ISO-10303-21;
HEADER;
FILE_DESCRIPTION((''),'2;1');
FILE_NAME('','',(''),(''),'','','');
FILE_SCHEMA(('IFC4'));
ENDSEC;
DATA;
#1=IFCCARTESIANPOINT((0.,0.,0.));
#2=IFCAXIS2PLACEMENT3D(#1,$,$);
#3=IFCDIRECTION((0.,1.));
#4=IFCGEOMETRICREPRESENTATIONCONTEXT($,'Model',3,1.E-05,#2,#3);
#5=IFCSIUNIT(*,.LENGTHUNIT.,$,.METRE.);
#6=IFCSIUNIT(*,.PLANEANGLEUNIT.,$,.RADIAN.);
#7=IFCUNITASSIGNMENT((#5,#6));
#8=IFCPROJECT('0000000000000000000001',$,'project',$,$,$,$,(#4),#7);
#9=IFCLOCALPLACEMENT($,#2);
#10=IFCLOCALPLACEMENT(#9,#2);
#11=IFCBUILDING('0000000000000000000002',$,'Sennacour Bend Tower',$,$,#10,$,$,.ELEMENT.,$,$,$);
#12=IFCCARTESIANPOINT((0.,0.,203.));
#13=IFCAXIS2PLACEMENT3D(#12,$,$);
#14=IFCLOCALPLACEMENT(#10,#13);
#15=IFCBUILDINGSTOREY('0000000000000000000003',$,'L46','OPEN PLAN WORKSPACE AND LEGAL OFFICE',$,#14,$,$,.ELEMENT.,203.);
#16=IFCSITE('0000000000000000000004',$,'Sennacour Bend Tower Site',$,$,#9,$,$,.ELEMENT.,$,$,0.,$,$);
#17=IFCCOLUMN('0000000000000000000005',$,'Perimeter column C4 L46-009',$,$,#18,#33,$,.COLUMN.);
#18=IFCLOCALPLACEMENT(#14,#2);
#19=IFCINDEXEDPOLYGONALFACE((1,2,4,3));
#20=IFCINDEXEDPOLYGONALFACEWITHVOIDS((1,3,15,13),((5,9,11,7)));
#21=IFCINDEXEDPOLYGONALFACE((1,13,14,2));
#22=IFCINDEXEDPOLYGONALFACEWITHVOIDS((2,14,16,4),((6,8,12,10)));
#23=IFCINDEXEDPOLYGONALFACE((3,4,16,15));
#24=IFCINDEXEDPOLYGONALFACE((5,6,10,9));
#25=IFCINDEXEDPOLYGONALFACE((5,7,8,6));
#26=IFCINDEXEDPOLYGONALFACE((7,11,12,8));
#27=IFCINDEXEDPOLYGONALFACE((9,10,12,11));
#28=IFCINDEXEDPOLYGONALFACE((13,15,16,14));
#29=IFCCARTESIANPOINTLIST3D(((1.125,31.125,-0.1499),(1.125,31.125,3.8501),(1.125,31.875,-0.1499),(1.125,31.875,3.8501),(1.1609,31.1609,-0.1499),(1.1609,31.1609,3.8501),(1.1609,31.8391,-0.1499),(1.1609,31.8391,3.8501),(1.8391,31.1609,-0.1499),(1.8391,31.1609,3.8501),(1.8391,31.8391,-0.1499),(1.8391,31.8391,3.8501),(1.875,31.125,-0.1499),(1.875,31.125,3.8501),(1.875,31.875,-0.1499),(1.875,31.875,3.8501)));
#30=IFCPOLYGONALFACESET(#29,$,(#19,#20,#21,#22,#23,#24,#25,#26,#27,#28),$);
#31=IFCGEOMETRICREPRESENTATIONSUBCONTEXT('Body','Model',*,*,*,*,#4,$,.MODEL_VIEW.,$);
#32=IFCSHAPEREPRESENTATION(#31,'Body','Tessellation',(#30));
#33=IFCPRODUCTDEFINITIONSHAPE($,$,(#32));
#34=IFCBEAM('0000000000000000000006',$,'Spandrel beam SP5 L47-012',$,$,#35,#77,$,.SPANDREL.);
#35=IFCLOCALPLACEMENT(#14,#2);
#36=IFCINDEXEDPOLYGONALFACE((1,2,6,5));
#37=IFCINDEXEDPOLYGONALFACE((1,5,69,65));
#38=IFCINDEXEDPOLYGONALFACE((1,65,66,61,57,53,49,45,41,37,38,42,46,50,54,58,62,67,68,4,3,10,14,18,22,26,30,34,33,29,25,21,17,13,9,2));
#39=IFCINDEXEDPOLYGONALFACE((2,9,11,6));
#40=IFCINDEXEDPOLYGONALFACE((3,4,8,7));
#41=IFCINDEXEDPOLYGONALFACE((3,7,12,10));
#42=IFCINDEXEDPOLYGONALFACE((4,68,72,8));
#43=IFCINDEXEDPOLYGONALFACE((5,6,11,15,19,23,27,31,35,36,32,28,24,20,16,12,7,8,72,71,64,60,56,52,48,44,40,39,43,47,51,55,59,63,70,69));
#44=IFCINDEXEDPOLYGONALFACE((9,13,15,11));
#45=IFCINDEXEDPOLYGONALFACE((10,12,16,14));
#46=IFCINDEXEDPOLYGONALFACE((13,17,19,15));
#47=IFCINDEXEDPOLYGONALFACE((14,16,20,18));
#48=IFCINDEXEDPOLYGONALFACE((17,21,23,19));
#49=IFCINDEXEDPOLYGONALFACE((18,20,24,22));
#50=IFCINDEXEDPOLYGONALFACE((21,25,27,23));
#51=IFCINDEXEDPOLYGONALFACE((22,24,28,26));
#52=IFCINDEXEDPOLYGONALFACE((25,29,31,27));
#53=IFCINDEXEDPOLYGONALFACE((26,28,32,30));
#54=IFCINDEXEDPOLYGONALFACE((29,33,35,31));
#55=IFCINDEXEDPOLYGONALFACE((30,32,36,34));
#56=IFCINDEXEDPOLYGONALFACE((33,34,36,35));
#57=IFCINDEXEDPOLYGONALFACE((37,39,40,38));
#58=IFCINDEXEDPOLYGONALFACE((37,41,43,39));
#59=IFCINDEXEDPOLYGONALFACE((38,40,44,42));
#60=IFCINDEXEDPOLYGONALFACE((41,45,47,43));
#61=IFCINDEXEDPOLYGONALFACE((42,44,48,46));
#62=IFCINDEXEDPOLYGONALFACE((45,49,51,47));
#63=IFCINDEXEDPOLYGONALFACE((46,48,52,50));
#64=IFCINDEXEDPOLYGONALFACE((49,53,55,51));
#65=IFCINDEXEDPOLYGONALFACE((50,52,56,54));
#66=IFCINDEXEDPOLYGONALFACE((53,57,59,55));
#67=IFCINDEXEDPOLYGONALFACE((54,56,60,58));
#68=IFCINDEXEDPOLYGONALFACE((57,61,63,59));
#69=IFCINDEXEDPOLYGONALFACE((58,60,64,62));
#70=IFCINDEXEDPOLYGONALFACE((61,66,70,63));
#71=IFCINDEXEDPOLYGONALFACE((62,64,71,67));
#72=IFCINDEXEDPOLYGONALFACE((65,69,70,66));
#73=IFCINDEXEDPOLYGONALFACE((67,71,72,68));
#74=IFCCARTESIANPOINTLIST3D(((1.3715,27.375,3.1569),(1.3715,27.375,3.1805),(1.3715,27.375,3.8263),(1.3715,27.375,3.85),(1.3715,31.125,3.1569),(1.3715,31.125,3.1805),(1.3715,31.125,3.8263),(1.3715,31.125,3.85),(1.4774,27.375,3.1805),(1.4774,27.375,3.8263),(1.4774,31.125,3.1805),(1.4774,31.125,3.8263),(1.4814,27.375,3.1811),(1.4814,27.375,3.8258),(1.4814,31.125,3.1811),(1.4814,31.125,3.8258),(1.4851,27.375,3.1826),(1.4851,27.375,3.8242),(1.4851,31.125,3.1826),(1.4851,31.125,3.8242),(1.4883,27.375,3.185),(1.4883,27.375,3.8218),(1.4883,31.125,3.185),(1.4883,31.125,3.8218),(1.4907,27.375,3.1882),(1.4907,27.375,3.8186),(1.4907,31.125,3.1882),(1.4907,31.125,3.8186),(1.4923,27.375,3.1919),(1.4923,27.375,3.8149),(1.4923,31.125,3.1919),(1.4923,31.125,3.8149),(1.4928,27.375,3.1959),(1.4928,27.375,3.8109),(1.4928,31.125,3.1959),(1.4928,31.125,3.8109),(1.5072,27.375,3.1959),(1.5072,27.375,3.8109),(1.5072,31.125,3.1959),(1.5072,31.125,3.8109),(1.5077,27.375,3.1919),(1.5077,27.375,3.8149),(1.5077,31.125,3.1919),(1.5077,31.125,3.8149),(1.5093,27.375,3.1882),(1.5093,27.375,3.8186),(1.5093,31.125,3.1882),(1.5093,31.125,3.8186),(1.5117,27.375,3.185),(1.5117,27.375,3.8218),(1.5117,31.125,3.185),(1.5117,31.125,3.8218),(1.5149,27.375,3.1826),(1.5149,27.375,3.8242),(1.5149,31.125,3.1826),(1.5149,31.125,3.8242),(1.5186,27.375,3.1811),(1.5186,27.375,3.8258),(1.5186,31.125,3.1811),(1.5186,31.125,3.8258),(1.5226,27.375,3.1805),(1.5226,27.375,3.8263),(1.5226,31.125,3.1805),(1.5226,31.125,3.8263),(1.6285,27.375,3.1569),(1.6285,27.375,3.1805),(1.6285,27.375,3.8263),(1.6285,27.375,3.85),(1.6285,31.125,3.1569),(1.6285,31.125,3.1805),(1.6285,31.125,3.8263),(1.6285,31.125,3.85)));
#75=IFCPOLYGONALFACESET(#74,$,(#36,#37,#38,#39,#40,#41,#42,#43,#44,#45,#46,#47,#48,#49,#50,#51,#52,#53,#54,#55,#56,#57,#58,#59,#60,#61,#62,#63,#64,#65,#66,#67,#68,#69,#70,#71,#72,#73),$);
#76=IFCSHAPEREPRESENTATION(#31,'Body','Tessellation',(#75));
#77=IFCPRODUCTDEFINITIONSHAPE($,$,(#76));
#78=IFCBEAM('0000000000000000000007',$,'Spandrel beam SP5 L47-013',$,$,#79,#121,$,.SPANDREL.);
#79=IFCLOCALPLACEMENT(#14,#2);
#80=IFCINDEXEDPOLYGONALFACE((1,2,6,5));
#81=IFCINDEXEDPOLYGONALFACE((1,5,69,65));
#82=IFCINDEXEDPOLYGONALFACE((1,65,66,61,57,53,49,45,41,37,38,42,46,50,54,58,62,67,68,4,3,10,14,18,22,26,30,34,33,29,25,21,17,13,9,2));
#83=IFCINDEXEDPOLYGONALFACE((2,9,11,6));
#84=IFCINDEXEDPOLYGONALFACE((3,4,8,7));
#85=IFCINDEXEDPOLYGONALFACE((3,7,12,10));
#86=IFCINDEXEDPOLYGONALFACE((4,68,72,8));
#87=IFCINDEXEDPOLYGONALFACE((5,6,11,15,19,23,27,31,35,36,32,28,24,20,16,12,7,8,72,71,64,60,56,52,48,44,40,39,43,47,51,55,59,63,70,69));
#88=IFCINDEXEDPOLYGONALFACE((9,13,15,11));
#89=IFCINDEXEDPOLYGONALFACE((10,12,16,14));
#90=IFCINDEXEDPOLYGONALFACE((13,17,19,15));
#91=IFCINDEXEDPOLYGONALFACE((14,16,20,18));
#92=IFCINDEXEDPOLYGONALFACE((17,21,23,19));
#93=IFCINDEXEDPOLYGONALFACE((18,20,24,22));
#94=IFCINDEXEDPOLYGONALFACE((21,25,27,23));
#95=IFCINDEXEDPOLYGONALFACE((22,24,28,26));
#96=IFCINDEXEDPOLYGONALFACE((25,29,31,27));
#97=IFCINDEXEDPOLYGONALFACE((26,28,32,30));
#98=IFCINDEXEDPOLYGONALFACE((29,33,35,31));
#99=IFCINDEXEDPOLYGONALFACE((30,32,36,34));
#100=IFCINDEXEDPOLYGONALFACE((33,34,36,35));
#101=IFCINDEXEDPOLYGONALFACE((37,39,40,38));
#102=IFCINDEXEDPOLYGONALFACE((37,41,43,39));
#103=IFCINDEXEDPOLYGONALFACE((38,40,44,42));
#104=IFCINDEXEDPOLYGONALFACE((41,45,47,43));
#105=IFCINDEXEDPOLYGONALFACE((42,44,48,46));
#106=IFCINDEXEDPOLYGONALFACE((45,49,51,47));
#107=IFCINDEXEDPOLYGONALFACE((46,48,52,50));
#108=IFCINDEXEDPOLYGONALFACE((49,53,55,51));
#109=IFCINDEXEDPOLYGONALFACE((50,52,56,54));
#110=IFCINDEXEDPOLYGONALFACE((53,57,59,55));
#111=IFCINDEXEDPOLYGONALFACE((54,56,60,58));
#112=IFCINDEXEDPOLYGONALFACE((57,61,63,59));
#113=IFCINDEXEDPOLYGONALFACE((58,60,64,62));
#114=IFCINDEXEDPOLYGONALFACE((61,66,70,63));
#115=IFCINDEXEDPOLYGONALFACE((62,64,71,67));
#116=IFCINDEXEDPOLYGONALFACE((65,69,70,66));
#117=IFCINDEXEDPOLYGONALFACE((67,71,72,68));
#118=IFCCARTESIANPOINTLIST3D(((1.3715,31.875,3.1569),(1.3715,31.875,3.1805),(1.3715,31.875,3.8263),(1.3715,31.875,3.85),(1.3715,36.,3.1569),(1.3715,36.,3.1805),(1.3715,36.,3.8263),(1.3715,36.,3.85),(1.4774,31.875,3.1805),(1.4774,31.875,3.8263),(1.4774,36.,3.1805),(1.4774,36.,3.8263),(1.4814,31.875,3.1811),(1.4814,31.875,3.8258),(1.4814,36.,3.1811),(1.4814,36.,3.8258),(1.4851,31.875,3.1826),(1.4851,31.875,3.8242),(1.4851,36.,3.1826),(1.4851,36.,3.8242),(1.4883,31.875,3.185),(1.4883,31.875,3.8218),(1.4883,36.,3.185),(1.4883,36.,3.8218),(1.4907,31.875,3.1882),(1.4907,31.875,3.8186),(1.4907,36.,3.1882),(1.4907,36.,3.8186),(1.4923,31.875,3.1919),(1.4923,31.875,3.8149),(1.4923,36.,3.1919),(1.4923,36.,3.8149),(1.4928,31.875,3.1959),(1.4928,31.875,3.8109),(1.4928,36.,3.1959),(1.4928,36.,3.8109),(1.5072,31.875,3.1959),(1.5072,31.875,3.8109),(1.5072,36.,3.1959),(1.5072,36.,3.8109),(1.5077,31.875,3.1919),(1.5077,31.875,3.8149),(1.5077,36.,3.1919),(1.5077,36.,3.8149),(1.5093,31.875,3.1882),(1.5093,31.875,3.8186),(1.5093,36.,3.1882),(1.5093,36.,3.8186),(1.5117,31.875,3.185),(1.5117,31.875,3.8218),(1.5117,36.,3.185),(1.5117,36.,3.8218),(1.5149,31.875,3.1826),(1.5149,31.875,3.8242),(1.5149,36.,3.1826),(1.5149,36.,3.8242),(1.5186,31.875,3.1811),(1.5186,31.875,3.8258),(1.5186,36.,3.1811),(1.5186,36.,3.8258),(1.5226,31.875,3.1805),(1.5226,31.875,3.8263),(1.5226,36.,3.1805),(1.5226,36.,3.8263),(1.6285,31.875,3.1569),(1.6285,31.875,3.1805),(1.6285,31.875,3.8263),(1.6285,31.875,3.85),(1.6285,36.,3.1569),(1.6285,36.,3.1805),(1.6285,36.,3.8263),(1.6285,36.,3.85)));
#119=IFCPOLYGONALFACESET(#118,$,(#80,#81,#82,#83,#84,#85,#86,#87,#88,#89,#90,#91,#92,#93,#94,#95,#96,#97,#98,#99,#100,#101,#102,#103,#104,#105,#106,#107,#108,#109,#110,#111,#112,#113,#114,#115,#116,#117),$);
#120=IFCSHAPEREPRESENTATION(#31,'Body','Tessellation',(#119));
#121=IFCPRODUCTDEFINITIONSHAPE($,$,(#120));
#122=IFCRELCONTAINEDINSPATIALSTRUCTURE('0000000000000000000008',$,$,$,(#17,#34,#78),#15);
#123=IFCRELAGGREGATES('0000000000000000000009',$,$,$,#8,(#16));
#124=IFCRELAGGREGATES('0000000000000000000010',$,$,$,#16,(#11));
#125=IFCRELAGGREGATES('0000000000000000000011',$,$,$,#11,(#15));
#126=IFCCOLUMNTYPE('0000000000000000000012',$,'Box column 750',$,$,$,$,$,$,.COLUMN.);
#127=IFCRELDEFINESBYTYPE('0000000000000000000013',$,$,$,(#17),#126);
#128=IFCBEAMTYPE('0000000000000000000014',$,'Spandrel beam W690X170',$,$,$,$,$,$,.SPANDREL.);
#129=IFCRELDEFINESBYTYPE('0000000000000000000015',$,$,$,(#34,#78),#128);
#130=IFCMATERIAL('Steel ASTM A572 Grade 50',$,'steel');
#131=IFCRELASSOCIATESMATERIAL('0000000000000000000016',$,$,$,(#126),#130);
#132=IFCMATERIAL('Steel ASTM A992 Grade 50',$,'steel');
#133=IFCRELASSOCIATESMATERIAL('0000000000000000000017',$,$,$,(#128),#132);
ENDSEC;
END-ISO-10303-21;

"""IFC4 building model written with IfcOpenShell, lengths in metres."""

from ifc_helpers import new_model, si_unit, direction, frame, origin, origin_2d, place, context, subcontext, project, spatial, hollow_rectangle, i_section, extrude, material, material_profile, profile_set, type_object, element, save


model = new_model("IFC4")

# Units and contexts
model_context = context("Model", 3, precision=1e-05, world=origin(), true_north=direction((0.0, 1.0)))
body_context = subcontext(model_context, "Body", "Model", "MODEL_VIEW")
ifc_project = project(units=[si_unit("LENGTHUNIT", "METRE"), si_unit("PLANEANGLEUNIT", "RADIAN")], contexts=[model_context])

# Site, building, storey
site_placement = place(None, origin())
site = spatial("IfcSite", under=ifc_project, at=site_placement, Name="Sennacour Bend Tower Site", CompositionType="ELEMENT", RefElevation=0.0)
building_placement = place(site_placement, origin())
building = spatial("IfcBuilding", under=site, at=building_placement, Name="Sennacour Bend Tower", CompositionType="ELEMENT")
storey_placement = place(building_placement, frame((0.0, 0.0, 203.0)))
storey = spatial("IfcBuildingStorey", under=building, at=storey_placement, Name="L46", Description="OPEN PLAN WORKSPACE AND LEGAL OFFICE", CompositionType="ELEMENT", Elevation=203.0)

# Column
ifc_material_1 = material(Name="Steel ASTM A572 Grade 50", Category="steel")
ifc_material_profile_1 = material_profile(ifc_material_1, hollow_rectangle(XDim=0.75, YDim=0.75, WallThickness=0.0359, at=origin_2d()), Name="Steel ASTM A572 Grade 50", Category="steel")
ifc_profile_set_1 = profile_set([ifc_material_profile_1], Name="Steel ASTM A572 Grade 50")
column_type = type_object("IfcColumnType", Name="Box column 750", PredefinedType="COLUMN", material=ifc_profile_set_1)
column_placement = place(storey_placement, frame((1.5, 31.5, -0.1499), z_axis=(0.0, 0.0, 1.0), x_axis=(1.0, 0.0, 0.0)))
element("IfcColumn", 1, at=column_placement, inside=storey, type_object=column_type, Name="Perimeter column C4 L46-009", PredefinedType="COLUMN", context=body_context, shape_type="SweptSolid", body=[
    extrude(hollow_rectangle(XDim=0.75, YDim=0.75, WallThickness=0.0359, at=origin_2d()), origin(), (0.0, 0.0, 1.0), 4.0),
])

# Beams
ifc_material_2 = material(Name="Steel ASTM A992 Grade 50", Category="steel")
ifc_material_profile_2 = material_profile(ifc_material_2, i_section(OverallWidth=0.2571, OverallDepth=0.6931, WebThickness=0.0144, FlangeThickness=0.0237, FilletRadius=0.0154, at=origin_2d()), Name="Steel ASTM A992 Grade 50", Category="steel")
ifc_profile_set_2 = profile_set([ifc_material_profile_2], Name="Steel ASTM A992 Grade 50")
beam_type = type_object("IfcBeamType", Name="Spandrel beam W690X170", PredefinedType="SPANDREL", material=ifc_profile_set_2)
beam_1_placement = place(storey_placement, frame((1.5, 27.375, 3.5034), z_axis=(0.0, 1.0, 0.0), x_axis=(-1.0, 0.0, 0.0)))
element("IfcBeam", 2, at=beam_1_placement, inside=storey, type_object=beam_type, Name="Spandrel beam SP5 L47-012", PredefinedType="SPANDREL", context=body_context, shape_type="SweptSolid", body=[
    extrude(i_section(OverallWidth=0.2571, OverallDepth=0.6931, WebThickness=0.0144, FlangeThickness=0.0237, FilletRadius=0.0154, at=origin_2d()), origin(), (0.0, 0.0, 1.0), 3.75),
])
beam_2_placement = place(storey_placement, frame((1.5, 31.875, 3.5034), z_axis=(0.0, 1.0, 0.0), x_axis=(-1.0, 0.0, 0.0)))
element("IfcBeam", 3, at=beam_2_placement, inside=storey, type_object=beam_type, Name="Spandrel beam SP5 L47-013", PredefinedType="SPANDREL", context=body_context, shape_type="SweptSolid", body=[
    extrude(i_section(OverallWidth=0.2571, OverallDepth=0.6931, WebThickness=0.0144, FlangeThickness=0.0237, FilletRadius=0.0154, at=origin_2d()), origin(), (0.0, 0.0, 1.0), 4.125),
])

save(model, "model.ifc")
